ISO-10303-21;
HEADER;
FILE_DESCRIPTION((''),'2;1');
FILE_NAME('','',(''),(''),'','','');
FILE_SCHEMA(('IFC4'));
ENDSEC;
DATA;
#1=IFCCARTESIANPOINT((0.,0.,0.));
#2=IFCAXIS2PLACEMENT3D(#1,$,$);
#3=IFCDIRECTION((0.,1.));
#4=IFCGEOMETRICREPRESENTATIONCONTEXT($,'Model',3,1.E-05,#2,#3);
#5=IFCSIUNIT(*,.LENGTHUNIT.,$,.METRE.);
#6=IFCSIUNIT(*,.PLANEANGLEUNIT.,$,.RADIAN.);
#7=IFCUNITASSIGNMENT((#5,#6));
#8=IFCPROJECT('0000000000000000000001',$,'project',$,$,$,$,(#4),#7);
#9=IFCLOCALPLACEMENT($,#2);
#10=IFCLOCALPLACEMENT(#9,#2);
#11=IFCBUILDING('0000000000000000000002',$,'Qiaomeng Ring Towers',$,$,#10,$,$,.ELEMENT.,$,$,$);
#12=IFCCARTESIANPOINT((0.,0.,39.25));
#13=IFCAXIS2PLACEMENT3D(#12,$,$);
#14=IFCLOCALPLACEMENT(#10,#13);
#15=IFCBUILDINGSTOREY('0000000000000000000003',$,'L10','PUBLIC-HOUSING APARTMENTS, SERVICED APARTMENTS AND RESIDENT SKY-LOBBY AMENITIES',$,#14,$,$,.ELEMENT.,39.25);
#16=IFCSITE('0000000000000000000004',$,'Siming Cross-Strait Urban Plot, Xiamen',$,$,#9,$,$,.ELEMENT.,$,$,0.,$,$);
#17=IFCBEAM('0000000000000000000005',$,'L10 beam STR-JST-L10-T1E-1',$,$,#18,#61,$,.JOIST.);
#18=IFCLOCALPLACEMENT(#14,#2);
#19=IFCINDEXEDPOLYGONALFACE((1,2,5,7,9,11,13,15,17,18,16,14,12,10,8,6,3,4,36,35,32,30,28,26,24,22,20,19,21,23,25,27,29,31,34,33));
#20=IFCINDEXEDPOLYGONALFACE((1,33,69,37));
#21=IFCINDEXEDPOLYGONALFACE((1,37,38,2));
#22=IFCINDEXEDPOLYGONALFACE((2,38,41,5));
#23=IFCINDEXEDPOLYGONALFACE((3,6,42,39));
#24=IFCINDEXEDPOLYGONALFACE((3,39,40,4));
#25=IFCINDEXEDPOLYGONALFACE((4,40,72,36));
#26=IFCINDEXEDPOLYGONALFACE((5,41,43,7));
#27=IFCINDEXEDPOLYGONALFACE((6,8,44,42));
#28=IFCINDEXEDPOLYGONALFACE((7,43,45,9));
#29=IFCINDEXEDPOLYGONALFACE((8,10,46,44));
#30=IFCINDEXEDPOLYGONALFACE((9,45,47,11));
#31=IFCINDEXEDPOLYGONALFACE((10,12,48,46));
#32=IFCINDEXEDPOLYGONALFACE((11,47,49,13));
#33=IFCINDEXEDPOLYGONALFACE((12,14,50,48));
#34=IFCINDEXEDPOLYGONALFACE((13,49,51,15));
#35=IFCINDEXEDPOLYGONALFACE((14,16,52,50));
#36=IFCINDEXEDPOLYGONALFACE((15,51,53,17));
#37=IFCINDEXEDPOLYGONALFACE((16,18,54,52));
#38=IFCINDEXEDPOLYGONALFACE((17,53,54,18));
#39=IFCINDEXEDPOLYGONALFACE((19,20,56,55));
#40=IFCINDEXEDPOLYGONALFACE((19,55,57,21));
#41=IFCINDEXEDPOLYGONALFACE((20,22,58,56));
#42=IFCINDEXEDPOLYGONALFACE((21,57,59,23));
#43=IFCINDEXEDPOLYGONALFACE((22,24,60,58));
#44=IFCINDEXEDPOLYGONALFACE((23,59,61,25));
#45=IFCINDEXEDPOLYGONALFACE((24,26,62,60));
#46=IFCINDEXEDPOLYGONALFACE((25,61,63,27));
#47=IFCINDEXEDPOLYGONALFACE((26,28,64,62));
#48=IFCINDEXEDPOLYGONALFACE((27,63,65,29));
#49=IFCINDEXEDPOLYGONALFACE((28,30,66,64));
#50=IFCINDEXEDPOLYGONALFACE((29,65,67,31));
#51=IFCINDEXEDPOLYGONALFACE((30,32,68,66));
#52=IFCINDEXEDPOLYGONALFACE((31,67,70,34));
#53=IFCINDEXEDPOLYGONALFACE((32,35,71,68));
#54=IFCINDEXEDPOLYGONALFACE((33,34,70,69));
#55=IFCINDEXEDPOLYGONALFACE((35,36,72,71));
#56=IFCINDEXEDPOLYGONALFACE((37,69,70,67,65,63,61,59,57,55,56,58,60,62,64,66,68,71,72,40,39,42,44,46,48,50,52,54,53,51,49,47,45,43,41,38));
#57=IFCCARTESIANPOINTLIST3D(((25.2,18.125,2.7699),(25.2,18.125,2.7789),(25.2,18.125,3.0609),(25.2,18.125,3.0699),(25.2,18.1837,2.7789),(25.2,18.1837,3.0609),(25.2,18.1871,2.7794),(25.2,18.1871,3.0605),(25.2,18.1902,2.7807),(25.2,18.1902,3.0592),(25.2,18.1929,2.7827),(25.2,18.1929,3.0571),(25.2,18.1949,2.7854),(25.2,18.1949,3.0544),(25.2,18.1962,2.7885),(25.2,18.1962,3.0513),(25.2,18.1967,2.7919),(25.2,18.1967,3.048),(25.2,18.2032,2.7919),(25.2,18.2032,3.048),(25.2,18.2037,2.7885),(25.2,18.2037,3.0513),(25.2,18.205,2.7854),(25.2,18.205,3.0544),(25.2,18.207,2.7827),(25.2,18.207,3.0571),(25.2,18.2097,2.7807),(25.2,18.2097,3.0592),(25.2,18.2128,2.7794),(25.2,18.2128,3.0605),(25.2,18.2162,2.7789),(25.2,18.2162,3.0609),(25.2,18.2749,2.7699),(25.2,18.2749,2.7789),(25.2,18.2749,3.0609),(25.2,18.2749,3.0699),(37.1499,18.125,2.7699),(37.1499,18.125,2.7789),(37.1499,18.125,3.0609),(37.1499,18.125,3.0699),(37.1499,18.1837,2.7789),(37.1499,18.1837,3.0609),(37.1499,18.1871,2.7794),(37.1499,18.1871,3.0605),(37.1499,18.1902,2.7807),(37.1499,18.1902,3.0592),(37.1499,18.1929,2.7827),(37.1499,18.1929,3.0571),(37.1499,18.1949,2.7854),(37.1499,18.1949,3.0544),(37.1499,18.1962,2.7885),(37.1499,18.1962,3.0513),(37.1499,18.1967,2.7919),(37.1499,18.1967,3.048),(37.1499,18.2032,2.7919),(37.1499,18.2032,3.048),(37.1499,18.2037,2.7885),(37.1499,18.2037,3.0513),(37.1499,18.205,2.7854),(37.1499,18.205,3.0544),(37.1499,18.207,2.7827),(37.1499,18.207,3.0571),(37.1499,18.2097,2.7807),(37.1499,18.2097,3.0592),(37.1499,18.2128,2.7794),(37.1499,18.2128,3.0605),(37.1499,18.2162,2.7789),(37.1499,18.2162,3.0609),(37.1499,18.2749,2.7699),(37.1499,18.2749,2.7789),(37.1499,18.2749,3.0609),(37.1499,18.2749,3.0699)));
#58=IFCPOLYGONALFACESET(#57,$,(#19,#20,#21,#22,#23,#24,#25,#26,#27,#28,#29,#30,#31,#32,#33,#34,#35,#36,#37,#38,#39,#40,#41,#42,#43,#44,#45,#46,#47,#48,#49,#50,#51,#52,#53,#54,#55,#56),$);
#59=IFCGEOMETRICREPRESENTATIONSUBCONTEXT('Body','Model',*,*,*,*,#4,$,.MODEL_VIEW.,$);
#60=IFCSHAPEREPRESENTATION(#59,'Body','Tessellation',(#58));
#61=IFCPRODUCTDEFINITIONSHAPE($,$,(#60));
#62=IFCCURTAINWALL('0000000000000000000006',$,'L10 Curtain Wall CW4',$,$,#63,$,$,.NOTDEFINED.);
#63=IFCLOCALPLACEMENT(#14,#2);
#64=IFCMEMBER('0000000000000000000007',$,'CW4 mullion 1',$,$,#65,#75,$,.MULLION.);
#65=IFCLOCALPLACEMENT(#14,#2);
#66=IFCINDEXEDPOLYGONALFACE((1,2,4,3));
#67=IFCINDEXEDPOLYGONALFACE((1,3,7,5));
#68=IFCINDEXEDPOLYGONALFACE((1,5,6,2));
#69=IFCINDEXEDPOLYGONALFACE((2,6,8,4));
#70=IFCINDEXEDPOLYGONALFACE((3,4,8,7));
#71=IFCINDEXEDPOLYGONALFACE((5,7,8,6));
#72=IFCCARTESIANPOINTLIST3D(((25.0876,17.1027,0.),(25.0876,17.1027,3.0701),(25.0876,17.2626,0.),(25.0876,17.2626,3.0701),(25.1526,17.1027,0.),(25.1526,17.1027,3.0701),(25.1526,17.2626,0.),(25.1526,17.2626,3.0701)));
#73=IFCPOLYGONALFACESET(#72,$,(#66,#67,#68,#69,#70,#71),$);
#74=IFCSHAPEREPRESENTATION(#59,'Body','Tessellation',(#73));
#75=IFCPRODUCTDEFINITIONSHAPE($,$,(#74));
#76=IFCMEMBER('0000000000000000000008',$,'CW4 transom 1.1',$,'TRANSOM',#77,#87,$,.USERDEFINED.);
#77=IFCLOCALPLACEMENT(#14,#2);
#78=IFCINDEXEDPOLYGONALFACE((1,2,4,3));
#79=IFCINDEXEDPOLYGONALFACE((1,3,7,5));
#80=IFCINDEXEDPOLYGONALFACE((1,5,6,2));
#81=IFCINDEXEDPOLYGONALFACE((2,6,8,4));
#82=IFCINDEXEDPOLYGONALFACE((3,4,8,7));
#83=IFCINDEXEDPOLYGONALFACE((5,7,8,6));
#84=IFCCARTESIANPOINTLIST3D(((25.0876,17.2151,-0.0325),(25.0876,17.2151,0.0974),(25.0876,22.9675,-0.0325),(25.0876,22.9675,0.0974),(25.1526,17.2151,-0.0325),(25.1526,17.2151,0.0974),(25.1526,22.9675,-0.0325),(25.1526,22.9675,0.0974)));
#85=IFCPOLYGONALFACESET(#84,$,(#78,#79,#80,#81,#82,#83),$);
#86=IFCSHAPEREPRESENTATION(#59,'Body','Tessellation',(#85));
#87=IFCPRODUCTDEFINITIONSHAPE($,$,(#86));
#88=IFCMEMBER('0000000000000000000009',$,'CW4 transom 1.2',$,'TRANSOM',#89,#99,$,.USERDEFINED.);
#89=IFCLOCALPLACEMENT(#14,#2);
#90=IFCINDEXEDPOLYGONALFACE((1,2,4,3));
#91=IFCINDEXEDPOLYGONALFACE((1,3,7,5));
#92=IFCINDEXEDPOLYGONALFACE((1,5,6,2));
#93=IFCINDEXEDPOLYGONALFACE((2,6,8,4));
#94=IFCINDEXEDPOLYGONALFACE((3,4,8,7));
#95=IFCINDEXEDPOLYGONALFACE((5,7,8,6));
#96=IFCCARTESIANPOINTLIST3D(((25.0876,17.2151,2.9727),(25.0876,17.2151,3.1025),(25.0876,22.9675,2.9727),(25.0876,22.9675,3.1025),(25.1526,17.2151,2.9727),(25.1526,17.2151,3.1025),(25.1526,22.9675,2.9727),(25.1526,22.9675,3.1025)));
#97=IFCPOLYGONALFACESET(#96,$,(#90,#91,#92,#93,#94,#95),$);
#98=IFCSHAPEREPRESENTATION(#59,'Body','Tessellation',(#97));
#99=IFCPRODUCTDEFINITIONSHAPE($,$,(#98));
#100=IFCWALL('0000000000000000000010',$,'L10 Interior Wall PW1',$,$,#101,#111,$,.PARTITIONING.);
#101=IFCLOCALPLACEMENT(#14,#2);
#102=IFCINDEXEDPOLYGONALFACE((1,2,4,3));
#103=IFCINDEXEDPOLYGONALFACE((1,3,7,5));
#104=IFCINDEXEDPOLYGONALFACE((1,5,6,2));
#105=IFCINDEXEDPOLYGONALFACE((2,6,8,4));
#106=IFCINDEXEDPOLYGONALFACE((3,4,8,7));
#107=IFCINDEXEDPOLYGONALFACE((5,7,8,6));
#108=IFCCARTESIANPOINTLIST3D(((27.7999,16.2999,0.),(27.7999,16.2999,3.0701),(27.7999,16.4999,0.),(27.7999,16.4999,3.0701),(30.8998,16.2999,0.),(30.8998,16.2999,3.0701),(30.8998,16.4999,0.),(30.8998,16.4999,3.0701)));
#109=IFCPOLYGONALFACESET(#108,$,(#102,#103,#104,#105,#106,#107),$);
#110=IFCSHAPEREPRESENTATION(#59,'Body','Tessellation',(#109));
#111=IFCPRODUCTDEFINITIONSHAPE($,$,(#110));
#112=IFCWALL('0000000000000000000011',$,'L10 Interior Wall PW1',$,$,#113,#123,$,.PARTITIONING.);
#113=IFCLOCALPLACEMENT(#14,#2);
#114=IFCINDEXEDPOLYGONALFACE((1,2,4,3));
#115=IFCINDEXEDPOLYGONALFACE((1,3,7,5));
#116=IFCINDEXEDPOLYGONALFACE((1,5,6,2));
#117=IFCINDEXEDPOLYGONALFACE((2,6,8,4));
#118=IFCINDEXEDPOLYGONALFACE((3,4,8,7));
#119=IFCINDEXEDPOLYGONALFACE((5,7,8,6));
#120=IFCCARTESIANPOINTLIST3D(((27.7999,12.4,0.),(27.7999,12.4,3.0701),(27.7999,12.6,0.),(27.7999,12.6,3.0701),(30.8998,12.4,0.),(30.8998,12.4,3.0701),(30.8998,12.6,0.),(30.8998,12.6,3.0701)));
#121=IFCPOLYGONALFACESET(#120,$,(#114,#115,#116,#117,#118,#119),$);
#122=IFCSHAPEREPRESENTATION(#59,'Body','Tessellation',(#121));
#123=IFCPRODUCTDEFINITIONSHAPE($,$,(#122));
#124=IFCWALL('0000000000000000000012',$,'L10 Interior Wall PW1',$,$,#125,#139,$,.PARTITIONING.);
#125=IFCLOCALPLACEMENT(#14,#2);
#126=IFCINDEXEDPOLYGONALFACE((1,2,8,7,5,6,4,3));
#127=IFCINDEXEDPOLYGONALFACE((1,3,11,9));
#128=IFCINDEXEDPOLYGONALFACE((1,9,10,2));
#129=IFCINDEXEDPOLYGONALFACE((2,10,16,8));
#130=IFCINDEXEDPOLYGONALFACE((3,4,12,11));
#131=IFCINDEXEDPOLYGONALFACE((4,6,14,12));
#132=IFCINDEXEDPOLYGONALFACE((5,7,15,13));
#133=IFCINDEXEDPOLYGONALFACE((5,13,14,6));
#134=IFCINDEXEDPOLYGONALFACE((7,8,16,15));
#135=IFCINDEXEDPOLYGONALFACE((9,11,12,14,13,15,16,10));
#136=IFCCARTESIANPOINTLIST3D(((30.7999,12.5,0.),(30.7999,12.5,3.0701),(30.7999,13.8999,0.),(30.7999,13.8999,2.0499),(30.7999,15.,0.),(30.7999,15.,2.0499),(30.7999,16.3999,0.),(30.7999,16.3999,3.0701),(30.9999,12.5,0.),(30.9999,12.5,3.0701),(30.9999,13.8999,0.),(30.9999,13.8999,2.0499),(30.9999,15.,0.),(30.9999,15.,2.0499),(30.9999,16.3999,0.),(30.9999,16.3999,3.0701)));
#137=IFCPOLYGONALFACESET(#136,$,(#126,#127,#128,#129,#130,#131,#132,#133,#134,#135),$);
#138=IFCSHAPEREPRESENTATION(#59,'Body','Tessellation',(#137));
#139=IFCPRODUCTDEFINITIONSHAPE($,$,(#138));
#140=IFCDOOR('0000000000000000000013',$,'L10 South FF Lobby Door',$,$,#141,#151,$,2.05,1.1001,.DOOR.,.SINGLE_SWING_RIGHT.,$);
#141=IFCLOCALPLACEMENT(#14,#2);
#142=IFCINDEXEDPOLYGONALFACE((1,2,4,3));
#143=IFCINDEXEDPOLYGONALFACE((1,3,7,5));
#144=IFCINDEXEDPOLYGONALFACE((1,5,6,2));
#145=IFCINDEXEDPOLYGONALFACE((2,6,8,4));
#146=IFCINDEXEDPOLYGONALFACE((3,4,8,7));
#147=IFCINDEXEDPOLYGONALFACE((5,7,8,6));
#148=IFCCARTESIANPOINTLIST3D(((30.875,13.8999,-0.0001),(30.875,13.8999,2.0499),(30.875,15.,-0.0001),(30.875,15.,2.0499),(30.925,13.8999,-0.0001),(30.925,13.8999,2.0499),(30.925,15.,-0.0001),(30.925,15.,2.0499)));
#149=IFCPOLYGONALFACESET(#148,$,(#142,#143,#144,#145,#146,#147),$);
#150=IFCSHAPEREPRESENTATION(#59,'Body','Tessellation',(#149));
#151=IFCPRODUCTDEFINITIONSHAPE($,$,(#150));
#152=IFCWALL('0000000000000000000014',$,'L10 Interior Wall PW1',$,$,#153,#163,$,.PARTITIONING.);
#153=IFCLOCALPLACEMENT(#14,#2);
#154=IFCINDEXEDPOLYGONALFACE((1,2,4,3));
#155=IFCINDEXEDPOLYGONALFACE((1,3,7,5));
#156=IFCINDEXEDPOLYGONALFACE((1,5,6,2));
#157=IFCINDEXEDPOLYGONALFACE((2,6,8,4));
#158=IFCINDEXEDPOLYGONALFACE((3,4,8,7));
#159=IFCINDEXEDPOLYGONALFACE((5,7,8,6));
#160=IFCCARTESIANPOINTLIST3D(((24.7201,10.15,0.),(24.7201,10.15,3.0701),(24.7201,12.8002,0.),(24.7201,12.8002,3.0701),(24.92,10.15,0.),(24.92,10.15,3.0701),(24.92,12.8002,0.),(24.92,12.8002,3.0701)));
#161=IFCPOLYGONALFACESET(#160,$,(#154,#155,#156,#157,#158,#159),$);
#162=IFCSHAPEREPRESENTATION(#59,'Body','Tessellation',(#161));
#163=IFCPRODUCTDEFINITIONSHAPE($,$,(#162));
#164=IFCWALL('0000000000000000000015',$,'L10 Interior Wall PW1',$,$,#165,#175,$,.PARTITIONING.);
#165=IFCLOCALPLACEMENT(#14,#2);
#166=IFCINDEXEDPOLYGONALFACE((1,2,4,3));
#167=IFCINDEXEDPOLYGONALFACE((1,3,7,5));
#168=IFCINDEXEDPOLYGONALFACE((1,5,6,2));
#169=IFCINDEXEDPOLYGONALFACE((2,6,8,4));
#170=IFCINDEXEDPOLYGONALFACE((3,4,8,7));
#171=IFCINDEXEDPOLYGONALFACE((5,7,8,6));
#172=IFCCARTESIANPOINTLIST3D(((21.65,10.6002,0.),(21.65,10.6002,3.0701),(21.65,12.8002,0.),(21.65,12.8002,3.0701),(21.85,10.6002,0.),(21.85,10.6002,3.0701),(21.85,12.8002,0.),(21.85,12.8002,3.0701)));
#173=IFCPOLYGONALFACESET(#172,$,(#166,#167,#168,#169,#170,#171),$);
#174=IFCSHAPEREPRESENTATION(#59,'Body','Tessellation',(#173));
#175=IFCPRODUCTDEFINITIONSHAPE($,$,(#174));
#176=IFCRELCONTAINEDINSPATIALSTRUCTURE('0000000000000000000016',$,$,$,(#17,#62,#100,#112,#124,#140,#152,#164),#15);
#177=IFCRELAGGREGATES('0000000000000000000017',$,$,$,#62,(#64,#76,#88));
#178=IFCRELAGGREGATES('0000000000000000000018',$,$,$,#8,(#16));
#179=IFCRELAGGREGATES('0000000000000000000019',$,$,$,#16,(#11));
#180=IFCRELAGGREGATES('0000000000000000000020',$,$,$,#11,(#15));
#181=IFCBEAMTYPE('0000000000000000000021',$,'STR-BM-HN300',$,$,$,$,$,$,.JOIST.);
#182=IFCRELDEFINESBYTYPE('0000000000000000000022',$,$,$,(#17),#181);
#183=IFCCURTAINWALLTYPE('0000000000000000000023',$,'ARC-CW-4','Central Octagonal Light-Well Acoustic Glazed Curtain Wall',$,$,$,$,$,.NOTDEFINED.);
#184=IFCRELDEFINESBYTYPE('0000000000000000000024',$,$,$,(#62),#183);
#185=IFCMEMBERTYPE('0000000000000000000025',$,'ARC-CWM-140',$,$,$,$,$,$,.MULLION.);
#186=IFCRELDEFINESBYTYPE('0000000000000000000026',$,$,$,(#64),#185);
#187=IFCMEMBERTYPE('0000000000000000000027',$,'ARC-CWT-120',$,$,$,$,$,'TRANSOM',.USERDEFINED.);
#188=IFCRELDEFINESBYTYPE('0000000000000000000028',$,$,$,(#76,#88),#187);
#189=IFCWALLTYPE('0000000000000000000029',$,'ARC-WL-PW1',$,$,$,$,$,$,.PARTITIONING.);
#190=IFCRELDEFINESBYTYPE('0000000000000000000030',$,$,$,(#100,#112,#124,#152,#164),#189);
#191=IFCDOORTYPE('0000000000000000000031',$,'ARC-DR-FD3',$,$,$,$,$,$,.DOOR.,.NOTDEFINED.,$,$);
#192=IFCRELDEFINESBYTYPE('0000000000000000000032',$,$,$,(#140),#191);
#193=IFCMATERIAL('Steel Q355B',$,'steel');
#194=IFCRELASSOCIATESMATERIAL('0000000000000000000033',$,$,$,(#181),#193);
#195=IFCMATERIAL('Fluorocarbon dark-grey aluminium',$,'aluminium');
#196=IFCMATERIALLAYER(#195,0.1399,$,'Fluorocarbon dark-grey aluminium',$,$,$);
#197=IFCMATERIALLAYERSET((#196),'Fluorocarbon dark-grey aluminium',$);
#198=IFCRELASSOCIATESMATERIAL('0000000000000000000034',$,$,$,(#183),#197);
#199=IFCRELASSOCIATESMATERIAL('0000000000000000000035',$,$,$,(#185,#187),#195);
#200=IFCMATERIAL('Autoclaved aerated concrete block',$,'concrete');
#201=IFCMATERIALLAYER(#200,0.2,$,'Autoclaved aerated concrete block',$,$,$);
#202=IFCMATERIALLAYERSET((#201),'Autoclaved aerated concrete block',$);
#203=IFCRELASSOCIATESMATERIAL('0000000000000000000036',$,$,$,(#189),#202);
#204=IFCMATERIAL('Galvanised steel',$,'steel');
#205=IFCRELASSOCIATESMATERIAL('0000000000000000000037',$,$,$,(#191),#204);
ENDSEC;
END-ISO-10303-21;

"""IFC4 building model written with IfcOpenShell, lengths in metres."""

from ifc_helpers import new_model, si_unit, direction, frame, frame_2d, origin, origin_2d, place, context, subcontext, project, spatial, rectangle, i_section, extrude, source, transform, mapped, material, layer, layer_set, material_profile, profile_set, type_object, element, fill, aggregate, save


model = new_model("IFC4")

# Units and contexts
model_context = context("Model", 3, precision=1e-05, world=origin(), true_north=direction((0.0, 1.0)))
body_context = subcontext(model_context, "Body", "Model", "MODEL_VIEW")
ifc_project = project(units=[si_unit("LENGTHUNIT", "METRE"), si_unit("PLANEANGLEUNIT", "RADIAN")], contexts=[model_context])

# Site, building, storey
site_placement = place(None, origin())
site = spatial("IfcSite", under=ifc_project, at=site_placement, Name="Siming Cross-Strait Urban Plot, Xiamen", CompositionType="ELEMENT", RefElevation=0.0)
building_placement = place(site_placement, origin())
building = spatial("IfcBuilding", under=site, at=building_placement, Name="Qiaomeng Ring Towers", CompositionType="ELEMENT")
storey_placement = place(building_placement, frame((0.0, 0.0, 39.25)))
storey = spatial("IfcBuildingStorey", under=building, at=storey_placement, Name="L10", Description="PUBLIC-HOUSING APARTMENTS, SERVICED APARTMENTS AND RESIDENT SKY-LOBBY AMENITIES", CompositionType="ELEMENT", Elevation=39.25)

# Beam
ifc_material_1 = material(Name="Steel Q355B", Category="steel")
ifc_material_profile_1 = material_profile(ifc_material_1, i_section(OverallWidth=0.1499, OverallDepth=0.3, WebThickness=0.0066, FlangeThickness=0.009, FilletRadius=0.0129, at=origin_2d()), Name="HN 300x150x6.5x9")
ifc_profile_set_1 = profile_set([ifc_material_profile_1], Name="Steel Q355B")
beam_type_1 = type_object("IfcBeamType", Name="STR-BM-HN300", PredefinedType="JOIST", material=ifc_profile_set_1)
shared_shape_1 = source(origin(), body_context, "Body", "SweptSolid", [
    extrude(i_section(OverallWidth=0.1499, OverallDepth=0.3, WebThickness=0.0066, FlangeThickness=0.009, FilletRadius=0.0129, at=origin_2d()), origin(), (0.0, 0.0, 1.0), 11.95),
])
beam_1_placement = place(storey_placement, frame((25.2, 18.2, 2.9199), z_axis=(1.0, 0.0, 0.0), x_axis=(0.0, 1.0, 0.0)))
element("IfcBeam", 1, at=beam_1_placement, inside=storey, type_object=beam_type_1, Name="L10 beam STR-JST-L10-T1E-1", PredefinedType="JOIST", context=body_context, shape_type="MappedRepresentation", body=[
    mapped(shared_shape_1, transform((0.0, 0.0, 0.0), x_axis=(1.0, 0.0, 0.0), y_axis=(0.0, 1.0, 0.0), z_axis=(0.0, 0.0, 1.0), scale=1.0)),
])

# Curtain wall, members
ifc_material_2 = material(Name="Fluorocarbon dark-grey aluminium", Category="aluminium")
ifc_layer_1 = layer(ifc_material_2, 0.1399, Name="Fluorocarbon dark-grey aluminium")
ifc_layer_set_1 = layer_set([ifc_layer_1], Name="Fluorocarbon dark-grey aluminium")
curtain_wall_type = type_object("IfcCurtainWallType", Name="ARC-CW-4", Description="Central Octagonal Light-Well Acoustic Glazed Curtain Wall", PredefinedType="NOTDEFINED", material=ifc_layer_set_1)
curtain_wall_placement = place(storey_placement, origin())
curtain_wall = element("IfcCurtainWall", 2, at=curtain_wall_placement, inside=storey, type_object=curtain_wall_type, Name="L10 Curtain Wall CW4", PredefinedType="NOTDEFINED")
ifc_material_profile_2 = material_profile(ifc_material_2, rectangle(XDim=0.0649, YDim=0.1599, at=origin_2d()), Name="ALU MULL 65x160")
ifc_profile_set_2 = profile_set([ifc_material_profile_2], Name="Fluorocarbon dark-grey aluminium")
member_type_1 = type_object("IfcMemberType", Name="ARC-CWM-140", PredefinedType="MULLION", material=ifc_profile_set_2)
shared_shape_2 = source(origin(), body_context, "Body", "SweptSolid", [
    extrude(rectangle(XDim=0.0649, YDim=0.1599, at=origin_2d()), origin(), (0.0, 0.0, 1.0), 3.0701),
])
member_1_placement = place(storey_placement, frame((25.1201, 17.1826, 0.0), z_axis=(0.0, 0.0, 1.0), x_axis=(-1.0, 0.0, 0.0)))
member_1 = element("IfcMember", 3, at=member_1_placement, type_object=member_type_1, Name="CW4 mullion 1", PredefinedType="MULLION", context=body_context, shape_type="MappedRepresentation", body=[
    mapped(shared_shape_2, transform((0.0, 0.0, 0.0), x_axis=(1.0, 0.0, 0.0), y_axis=(0.0, 1.0, 0.0), z_axis=(0.0, 0.0, 1.0), scale=1.0)),
])
ifc_material_profile_3 = material_profile(ifc_material_2, rectangle(XDim=0.0649, YDim=0.1299, at=origin_2d()), Name="ALU TRAN 65x130")
ifc_profile_set_3 = profile_set([ifc_material_profile_3], Name="Fluorocarbon dark-grey aluminium")
member_type_2 = type_object("IfcMemberType", Name="ARC-CWT-120", ElementType="TRANSOM", PredefinedType="USERDEFINED", material=ifc_profile_set_3)
shared_shape_3 = source(origin(), body_context, "Body", "SweptSolid", [
    extrude(rectangle(XDim=0.0649, YDim=0.1299, at=origin_2d()), origin(), (0.0, 0.0, 1.0), 5.7524),
])
member_2_placement = place(storey_placement, frame((25.1201, 17.2151, 0.0325), z_axis=(0.0, 1.0, 0.0), x_axis=(-1.0, 0.0, 0.0)))
member_2 = element("IfcMember", 4, at=member_2_placement, type_object=member_type_2, Name="CW4 transom 1.1", ObjectType="TRANSOM", PredefinedType="USERDEFINED", context=body_context, shape_type="MappedRepresentation", body=[
    mapped(shared_shape_3, transform((0.0, 0.0, 0.0), x_axis=(1.0, 0.0, 0.0), y_axis=(0.0, 1.0, 0.0), z_axis=(0.0, 0.0, 1.0), scale=1.0)),
])
member_3_placement = place(storey_placement, frame((25.1201, 17.2151, 3.0376), z_axis=(0.0, 1.0, 0.0), x_axis=(-1.0, 0.0, 0.0)))
member_3 = element("IfcMember", 5, at=member_3_placement, type_object=member_type_2, Name="CW4 transom 1.2", ObjectType="TRANSOM", PredefinedType="USERDEFINED", context=body_context, shape_type="MappedRepresentation", body=[
    mapped(shared_shape_3, transform((0.0, 0.0, 0.0), x_axis=(1.0, 0.0, 0.0), y_axis=(0.0, 1.0, 0.0), z_axis=(0.0, 0.0, 1.0), scale=1.0)),
])
aggregate(curtain_wall, [member_1, member_2, member_3])

# Walls
ifc_material_3 = material(Name="Autoclaved aerated concrete block", Category="concrete")
ifc_layer_2 = layer(ifc_material_3, 0.2, Name="Autoclaved aerated concrete block")
ifc_layer_set_2 = layer_set([ifc_layer_2], Name="Autoclaved aerated concrete block")
wall_type_1 = type_object("IfcWallType", Name="ARC-WL-PW1", PredefinedType="PARTITIONING", material=ifc_layer_set_2)
for number, where, z_axis, x_axis, name in (
    (6, (27.8, 16.3999, 0.0), (0.0, 0.0, 1.0), (1.0, 0.0, 0.0), "L10 Interior Wall PW1"),
    (7, (27.8, 12.5, 0.0), (0.0, 0.0, 1.0), (1.0, 0.0, 0.0), "L10 Interior Wall PW1"),
):
    element("IfcWall", number, at=place(storey_placement, frame(where, z_axis=z_axis, x_axis=x_axis)), inside=storey, type_object=wall_type_1, Name=name, PredefinedType="PARTITIONING", context=body_context, shape_type="SweptSolid", body=[
        extrude(rectangle(XDim=3.0999, YDim=0.2, at=frame_2d((1.5498, 0.0))), origin(), (0.0, 0.0, 1.0), 3.0701),
    ])

# Wall, opening, door
wall_1_placement = place(storey_placement, frame((30.8999, 12.5, 0.0), z_axis=(0.0, 0.0, 1.0), x_axis=(0.0, 1.0, 0.0)))
wall_1 = element("IfcWall", 8, at=wall_1_placement, inside=storey, type_object=wall_type_1, Name="L10 Interior Wall PW1", PredefinedType="PARTITIONING", context=body_context, shape_type="SweptSolid", body=[
    extrude(rectangle(XDim=3.8999, YDim=0.2, at=frame_2d((1.95, 0.0))), origin(), (0.0, 0.0, 1.0), 3.0701),
])
opening_1_placement = place(wall_1_placement, frame((1.3999, 0.0, 0.0)))
opening_1 = element("IfcOpeningElement", 9, at=opening_1_placement, cuts=wall_1, PredefinedType="OPENING", context=body_context, shape_type="SweptSolid", body=[
    extrude(rectangle(XDim=1.1001, YDim=2.05, at=frame_2d((0.55, 1.0249))), frame((0.0, 0.1099, 0.0), z_axis=(0.0, -1.0, 0.0), x_axis=(1.0, 0.0, 0.0)), (0.0, 0.0, 1.0), 0.22),
])
ifc_material_4 = material(Name="Galvanised steel", Category="steel")
door_type_1 = type_object("IfcDoorType", Name="ARC-DR-FD3", OperationType="NOTDEFINED", PredefinedType="DOOR", material=ifc_material_4)
shared_shape_4 = source(origin(), body_context, "Body", "SweptSolid", [
    extrude(rectangle(XDim=1.1001, YDim=2.05, at=frame_2d((0.55, 1.0249))), frame((0.0, 0.0249, 0.0), z_axis=(0.0, -1.0, 0.0), x_axis=(1.0, 0.0, 0.0)), (0.0, 0.0, 1.0), 0.05),
])
door_1_placement = place(opening_1_placement, origin())
door_1 = element("IfcDoor", 10, at=door_1_placement, inside=storey, type_object=door_type_1, Name="L10 South FF Lobby Door", OperationType="SINGLE_SWING_RIGHT", OverallHeight=2.05, OverallWidth=1.1001, PredefinedType="DOOR", context=body_context, shape_type="MappedRepresentation", body=[
    mapped(shared_shape_4, transform((0.0, 0.0, 0.0), x_axis=(1.0, 0.0, 0.0), y_axis=(0.0, 1.0, 0.0), z_axis=(0.0, 0.0, 1.0), scale=1.0)),
])
fill(opening_1, door_1)

# Walls
wall_2_placement = place(storey_placement, frame((24.8201, 10.1499, 0.0), z_axis=(0.0, 0.0, 1.0), x_axis=(0.0, 1.0, 0.0)))
element("IfcWall", 11, at=wall_2_placement, inside=storey, type_object=wall_type_1, Name="L10 Interior Wall PW1", PredefinedType="PARTITIONING", context=body_context, shape_type="SweptSolid", body=[
    extrude(rectangle(XDim=2.6501, YDim=0.2, at=frame_2d((1.3252, 0.0))), origin(), (0.0, 0.0, 1.0), 3.0701),
])
wall_3_placement = place(storey_placement, frame((21.75, 10.6001, 0.0), z_axis=(0.0, 0.0, 1.0), x_axis=(0.0, 1.0, 0.0)))
element("IfcWall", 12, at=wall_3_placement, inside=storey, type_object=wall_type_1, Name="L10 Interior Wall PW1", PredefinedType="PARTITIONING", context=body_context, shape_type="SweptSolid", body=[
    extrude(rectangle(XDim=2.2, YDim=0.2, at=frame_2d((1.1001, 0.0))), origin(), (0.0, 0.0, 1.0), 3.0701),
])

save(model, "model.ifc")
